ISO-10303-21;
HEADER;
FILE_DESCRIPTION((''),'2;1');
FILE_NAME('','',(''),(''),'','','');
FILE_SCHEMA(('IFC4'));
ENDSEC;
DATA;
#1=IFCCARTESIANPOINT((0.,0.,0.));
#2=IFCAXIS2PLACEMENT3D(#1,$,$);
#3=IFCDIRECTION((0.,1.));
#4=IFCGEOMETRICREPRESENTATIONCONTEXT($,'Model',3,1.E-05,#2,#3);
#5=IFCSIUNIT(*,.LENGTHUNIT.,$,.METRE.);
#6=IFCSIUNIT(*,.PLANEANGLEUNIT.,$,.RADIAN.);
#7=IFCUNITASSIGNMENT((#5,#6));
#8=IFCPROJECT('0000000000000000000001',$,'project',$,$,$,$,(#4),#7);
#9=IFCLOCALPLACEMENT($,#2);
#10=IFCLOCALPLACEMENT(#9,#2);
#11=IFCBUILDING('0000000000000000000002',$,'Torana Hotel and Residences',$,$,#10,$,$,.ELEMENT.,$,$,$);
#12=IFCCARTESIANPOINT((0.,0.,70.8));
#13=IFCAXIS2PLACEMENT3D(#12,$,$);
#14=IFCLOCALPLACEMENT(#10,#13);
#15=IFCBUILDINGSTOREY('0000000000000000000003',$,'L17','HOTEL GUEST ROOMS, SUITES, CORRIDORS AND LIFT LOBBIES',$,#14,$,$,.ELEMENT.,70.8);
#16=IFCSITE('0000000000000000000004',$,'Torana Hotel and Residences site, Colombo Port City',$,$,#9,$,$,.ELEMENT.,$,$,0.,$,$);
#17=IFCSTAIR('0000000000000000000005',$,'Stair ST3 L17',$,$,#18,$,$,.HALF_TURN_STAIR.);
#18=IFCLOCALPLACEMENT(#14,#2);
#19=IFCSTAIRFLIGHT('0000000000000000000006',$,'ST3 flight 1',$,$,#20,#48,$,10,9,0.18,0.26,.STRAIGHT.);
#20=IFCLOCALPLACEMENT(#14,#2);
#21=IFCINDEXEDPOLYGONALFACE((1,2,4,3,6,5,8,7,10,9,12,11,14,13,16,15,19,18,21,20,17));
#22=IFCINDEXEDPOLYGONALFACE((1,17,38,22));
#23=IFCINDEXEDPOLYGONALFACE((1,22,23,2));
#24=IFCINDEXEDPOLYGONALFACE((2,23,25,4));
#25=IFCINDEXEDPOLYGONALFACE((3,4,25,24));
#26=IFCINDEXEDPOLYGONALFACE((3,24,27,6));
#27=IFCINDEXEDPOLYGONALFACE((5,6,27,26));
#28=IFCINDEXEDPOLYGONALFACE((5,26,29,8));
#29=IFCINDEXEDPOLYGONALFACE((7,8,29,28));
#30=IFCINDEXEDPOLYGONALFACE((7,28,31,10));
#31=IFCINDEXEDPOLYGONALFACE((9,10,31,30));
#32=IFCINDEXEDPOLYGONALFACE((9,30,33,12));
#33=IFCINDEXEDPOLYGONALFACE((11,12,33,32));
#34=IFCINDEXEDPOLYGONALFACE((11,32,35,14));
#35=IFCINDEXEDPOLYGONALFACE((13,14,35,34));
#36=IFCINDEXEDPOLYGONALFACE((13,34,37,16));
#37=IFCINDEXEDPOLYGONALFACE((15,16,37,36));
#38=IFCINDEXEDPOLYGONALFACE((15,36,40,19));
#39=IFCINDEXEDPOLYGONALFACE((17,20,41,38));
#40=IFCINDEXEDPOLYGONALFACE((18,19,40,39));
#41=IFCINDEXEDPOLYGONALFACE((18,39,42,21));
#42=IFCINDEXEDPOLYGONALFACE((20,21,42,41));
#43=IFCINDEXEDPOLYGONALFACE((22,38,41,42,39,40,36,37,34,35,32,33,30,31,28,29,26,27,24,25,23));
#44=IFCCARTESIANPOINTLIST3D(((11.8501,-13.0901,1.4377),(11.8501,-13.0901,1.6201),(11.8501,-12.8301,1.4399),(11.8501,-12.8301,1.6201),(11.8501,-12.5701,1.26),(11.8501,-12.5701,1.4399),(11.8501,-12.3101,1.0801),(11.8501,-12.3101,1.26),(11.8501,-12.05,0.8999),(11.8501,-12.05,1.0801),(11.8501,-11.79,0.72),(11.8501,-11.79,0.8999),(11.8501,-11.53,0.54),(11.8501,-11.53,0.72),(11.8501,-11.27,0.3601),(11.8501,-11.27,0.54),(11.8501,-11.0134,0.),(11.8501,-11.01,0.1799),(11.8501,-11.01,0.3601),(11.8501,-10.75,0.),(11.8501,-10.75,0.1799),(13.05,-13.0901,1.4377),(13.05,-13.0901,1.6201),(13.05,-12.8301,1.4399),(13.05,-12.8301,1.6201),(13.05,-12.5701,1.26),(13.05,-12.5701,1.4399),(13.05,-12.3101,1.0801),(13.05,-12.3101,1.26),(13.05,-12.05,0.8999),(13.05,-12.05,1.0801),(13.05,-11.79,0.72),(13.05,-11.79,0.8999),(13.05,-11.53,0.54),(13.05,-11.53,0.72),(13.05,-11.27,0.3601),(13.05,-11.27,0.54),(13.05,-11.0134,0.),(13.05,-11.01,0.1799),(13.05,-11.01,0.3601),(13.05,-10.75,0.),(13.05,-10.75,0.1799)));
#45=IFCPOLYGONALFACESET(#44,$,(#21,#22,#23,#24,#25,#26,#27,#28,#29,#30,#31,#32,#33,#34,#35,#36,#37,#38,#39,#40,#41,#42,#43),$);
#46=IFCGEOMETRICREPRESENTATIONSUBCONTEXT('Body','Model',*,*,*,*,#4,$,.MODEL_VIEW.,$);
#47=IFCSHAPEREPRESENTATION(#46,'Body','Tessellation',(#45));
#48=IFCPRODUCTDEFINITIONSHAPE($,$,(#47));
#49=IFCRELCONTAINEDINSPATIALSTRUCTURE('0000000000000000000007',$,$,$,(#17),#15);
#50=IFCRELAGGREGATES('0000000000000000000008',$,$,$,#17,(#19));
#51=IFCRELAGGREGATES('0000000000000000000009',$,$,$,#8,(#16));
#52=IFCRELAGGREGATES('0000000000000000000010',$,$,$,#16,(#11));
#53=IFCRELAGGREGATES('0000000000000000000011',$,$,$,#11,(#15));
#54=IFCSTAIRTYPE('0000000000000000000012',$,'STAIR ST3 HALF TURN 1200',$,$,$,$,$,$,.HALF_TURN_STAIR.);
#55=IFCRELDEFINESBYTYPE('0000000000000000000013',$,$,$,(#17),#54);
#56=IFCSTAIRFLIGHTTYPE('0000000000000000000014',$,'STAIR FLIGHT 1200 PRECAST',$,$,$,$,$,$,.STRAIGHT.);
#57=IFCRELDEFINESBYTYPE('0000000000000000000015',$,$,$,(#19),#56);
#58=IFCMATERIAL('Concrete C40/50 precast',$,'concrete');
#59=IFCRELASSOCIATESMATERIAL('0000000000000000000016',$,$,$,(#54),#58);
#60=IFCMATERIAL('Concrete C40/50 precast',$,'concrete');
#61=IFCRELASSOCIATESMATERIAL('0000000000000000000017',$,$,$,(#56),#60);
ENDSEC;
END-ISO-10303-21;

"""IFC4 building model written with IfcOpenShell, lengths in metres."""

from ifc_helpers import new_model, si_unit, direction, frame, origin, place, context, subcontext, project, spatial, polyline, outline, extrude, material, type_object, element, aggregate, save


model = new_model("IFC4")

# Units and contexts
model_context = context("Model", 3, precision=1e-05, world=origin(), true_north=direction((0.0, 1.0)))
body_context = subcontext(model_context, "Body", "Model", "MODEL_VIEW")
ifc_project = project(units=[si_unit("LENGTHUNIT", "METRE"), si_unit("PLANEANGLEUNIT", "RADIAN")], contexts=[model_context])

# Site, building, storey
site_placement = place(None, origin())
site = spatial("IfcSite", under=ifc_project, at=site_placement, Name="Torana Hotel and Residences site, Colombo Port City", CompositionType="ELEMENT", RefElevation=0.0)
building_placement = place(site_placement, origin())
building = spatial("IfcBuilding", under=site, at=building_placement, Name="Torana Hotel and Residences", CompositionType="ELEMENT")
storey_placement = place(building_placement, frame((0.0, 0.0, 70.8)))
storey = spatial("IfcBuildingStorey", under=building, at=storey_placement, Name="L17", Description="HOTEL GUEST ROOMS, SUITES, CORRIDORS AND LIFT LOBBIES", CompositionType="ELEMENT", Elevation=70.8)

# Stair, stair flight
ifc_material_1 = material(Name="Concrete C40/50 precast", Category="concrete")
stair_type = type_object("IfcStairType", Name="STAIR ST3 HALF TURN 1200", PredefinedType="HALF_TURN_STAIR", material=ifc_material_1)
stair_placement = place(storey_placement, origin())
stair = element("IfcStair", 1, at=stair_placement, inside=storey, type_object=stair_type, Name="Stair ST3 L17", PredefinedType="HALF_TURN_STAIR")
ifc_material_2 = material(Name="Concrete C40/50 precast", Category="concrete")
stair_flight_type = type_object("IfcStairFlightType", Name="STAIR FLIGHT 1200 PRECAST", PredefinedType="STRAIGHT", material=ifc_material_2)
stair_flight_placement = place(storey_placement, frame((12.45, -10.75, 0.0), z_axis=(0.0, 0.0, 1.0), x_axis=(0.0, -1.0, 0.0)))
stair_flight = element("IfcStairFlight", 2, at=stair_flight_placement, type_object=stair_flight_type, Name="ST3 flight 1", NumberOfRisers=10, NumberOfTreads=9, PredefinedType="STRAIGHT", RiserHeight=0.18, TreadLength=0.26, context=body_context, shape_type="SweptSolid", body=[
    extrude(outline(polyline([(0.0, 0.0), (0.0, 0.1799), (0.26, 0.1799), (0.26, 0.3601), (0.52, 0.3601), (0.52, 0.54), (0.78, 0.54), (0.78, 0.72), (1.04, 0.72), (1.04, 0.8999), (1.3, 0.8999), (1.3, 1.0801), (1.5601, 1.0801), (1.5601, 1.26), (1.8201, 1.26), (1.8201, 1.4399), (2.0801, 1.4399), (2.0801, 1.6201), (2.3401, 1.6201), (2.3401, 1.8), (2.3401, 1.4377), (0.2634, 0.0), (0.0, 0.0)])), frame((0.0, 0.6001, 0.0), z_axis=(0.0, -1.0, 0.0), x_axis=(1.0, 0.0, 0.0)), (0.0, 0.0, 1.0), 1.2),
])
aggregate(stair, [stair_flight])

save(model, "model.ifc")
